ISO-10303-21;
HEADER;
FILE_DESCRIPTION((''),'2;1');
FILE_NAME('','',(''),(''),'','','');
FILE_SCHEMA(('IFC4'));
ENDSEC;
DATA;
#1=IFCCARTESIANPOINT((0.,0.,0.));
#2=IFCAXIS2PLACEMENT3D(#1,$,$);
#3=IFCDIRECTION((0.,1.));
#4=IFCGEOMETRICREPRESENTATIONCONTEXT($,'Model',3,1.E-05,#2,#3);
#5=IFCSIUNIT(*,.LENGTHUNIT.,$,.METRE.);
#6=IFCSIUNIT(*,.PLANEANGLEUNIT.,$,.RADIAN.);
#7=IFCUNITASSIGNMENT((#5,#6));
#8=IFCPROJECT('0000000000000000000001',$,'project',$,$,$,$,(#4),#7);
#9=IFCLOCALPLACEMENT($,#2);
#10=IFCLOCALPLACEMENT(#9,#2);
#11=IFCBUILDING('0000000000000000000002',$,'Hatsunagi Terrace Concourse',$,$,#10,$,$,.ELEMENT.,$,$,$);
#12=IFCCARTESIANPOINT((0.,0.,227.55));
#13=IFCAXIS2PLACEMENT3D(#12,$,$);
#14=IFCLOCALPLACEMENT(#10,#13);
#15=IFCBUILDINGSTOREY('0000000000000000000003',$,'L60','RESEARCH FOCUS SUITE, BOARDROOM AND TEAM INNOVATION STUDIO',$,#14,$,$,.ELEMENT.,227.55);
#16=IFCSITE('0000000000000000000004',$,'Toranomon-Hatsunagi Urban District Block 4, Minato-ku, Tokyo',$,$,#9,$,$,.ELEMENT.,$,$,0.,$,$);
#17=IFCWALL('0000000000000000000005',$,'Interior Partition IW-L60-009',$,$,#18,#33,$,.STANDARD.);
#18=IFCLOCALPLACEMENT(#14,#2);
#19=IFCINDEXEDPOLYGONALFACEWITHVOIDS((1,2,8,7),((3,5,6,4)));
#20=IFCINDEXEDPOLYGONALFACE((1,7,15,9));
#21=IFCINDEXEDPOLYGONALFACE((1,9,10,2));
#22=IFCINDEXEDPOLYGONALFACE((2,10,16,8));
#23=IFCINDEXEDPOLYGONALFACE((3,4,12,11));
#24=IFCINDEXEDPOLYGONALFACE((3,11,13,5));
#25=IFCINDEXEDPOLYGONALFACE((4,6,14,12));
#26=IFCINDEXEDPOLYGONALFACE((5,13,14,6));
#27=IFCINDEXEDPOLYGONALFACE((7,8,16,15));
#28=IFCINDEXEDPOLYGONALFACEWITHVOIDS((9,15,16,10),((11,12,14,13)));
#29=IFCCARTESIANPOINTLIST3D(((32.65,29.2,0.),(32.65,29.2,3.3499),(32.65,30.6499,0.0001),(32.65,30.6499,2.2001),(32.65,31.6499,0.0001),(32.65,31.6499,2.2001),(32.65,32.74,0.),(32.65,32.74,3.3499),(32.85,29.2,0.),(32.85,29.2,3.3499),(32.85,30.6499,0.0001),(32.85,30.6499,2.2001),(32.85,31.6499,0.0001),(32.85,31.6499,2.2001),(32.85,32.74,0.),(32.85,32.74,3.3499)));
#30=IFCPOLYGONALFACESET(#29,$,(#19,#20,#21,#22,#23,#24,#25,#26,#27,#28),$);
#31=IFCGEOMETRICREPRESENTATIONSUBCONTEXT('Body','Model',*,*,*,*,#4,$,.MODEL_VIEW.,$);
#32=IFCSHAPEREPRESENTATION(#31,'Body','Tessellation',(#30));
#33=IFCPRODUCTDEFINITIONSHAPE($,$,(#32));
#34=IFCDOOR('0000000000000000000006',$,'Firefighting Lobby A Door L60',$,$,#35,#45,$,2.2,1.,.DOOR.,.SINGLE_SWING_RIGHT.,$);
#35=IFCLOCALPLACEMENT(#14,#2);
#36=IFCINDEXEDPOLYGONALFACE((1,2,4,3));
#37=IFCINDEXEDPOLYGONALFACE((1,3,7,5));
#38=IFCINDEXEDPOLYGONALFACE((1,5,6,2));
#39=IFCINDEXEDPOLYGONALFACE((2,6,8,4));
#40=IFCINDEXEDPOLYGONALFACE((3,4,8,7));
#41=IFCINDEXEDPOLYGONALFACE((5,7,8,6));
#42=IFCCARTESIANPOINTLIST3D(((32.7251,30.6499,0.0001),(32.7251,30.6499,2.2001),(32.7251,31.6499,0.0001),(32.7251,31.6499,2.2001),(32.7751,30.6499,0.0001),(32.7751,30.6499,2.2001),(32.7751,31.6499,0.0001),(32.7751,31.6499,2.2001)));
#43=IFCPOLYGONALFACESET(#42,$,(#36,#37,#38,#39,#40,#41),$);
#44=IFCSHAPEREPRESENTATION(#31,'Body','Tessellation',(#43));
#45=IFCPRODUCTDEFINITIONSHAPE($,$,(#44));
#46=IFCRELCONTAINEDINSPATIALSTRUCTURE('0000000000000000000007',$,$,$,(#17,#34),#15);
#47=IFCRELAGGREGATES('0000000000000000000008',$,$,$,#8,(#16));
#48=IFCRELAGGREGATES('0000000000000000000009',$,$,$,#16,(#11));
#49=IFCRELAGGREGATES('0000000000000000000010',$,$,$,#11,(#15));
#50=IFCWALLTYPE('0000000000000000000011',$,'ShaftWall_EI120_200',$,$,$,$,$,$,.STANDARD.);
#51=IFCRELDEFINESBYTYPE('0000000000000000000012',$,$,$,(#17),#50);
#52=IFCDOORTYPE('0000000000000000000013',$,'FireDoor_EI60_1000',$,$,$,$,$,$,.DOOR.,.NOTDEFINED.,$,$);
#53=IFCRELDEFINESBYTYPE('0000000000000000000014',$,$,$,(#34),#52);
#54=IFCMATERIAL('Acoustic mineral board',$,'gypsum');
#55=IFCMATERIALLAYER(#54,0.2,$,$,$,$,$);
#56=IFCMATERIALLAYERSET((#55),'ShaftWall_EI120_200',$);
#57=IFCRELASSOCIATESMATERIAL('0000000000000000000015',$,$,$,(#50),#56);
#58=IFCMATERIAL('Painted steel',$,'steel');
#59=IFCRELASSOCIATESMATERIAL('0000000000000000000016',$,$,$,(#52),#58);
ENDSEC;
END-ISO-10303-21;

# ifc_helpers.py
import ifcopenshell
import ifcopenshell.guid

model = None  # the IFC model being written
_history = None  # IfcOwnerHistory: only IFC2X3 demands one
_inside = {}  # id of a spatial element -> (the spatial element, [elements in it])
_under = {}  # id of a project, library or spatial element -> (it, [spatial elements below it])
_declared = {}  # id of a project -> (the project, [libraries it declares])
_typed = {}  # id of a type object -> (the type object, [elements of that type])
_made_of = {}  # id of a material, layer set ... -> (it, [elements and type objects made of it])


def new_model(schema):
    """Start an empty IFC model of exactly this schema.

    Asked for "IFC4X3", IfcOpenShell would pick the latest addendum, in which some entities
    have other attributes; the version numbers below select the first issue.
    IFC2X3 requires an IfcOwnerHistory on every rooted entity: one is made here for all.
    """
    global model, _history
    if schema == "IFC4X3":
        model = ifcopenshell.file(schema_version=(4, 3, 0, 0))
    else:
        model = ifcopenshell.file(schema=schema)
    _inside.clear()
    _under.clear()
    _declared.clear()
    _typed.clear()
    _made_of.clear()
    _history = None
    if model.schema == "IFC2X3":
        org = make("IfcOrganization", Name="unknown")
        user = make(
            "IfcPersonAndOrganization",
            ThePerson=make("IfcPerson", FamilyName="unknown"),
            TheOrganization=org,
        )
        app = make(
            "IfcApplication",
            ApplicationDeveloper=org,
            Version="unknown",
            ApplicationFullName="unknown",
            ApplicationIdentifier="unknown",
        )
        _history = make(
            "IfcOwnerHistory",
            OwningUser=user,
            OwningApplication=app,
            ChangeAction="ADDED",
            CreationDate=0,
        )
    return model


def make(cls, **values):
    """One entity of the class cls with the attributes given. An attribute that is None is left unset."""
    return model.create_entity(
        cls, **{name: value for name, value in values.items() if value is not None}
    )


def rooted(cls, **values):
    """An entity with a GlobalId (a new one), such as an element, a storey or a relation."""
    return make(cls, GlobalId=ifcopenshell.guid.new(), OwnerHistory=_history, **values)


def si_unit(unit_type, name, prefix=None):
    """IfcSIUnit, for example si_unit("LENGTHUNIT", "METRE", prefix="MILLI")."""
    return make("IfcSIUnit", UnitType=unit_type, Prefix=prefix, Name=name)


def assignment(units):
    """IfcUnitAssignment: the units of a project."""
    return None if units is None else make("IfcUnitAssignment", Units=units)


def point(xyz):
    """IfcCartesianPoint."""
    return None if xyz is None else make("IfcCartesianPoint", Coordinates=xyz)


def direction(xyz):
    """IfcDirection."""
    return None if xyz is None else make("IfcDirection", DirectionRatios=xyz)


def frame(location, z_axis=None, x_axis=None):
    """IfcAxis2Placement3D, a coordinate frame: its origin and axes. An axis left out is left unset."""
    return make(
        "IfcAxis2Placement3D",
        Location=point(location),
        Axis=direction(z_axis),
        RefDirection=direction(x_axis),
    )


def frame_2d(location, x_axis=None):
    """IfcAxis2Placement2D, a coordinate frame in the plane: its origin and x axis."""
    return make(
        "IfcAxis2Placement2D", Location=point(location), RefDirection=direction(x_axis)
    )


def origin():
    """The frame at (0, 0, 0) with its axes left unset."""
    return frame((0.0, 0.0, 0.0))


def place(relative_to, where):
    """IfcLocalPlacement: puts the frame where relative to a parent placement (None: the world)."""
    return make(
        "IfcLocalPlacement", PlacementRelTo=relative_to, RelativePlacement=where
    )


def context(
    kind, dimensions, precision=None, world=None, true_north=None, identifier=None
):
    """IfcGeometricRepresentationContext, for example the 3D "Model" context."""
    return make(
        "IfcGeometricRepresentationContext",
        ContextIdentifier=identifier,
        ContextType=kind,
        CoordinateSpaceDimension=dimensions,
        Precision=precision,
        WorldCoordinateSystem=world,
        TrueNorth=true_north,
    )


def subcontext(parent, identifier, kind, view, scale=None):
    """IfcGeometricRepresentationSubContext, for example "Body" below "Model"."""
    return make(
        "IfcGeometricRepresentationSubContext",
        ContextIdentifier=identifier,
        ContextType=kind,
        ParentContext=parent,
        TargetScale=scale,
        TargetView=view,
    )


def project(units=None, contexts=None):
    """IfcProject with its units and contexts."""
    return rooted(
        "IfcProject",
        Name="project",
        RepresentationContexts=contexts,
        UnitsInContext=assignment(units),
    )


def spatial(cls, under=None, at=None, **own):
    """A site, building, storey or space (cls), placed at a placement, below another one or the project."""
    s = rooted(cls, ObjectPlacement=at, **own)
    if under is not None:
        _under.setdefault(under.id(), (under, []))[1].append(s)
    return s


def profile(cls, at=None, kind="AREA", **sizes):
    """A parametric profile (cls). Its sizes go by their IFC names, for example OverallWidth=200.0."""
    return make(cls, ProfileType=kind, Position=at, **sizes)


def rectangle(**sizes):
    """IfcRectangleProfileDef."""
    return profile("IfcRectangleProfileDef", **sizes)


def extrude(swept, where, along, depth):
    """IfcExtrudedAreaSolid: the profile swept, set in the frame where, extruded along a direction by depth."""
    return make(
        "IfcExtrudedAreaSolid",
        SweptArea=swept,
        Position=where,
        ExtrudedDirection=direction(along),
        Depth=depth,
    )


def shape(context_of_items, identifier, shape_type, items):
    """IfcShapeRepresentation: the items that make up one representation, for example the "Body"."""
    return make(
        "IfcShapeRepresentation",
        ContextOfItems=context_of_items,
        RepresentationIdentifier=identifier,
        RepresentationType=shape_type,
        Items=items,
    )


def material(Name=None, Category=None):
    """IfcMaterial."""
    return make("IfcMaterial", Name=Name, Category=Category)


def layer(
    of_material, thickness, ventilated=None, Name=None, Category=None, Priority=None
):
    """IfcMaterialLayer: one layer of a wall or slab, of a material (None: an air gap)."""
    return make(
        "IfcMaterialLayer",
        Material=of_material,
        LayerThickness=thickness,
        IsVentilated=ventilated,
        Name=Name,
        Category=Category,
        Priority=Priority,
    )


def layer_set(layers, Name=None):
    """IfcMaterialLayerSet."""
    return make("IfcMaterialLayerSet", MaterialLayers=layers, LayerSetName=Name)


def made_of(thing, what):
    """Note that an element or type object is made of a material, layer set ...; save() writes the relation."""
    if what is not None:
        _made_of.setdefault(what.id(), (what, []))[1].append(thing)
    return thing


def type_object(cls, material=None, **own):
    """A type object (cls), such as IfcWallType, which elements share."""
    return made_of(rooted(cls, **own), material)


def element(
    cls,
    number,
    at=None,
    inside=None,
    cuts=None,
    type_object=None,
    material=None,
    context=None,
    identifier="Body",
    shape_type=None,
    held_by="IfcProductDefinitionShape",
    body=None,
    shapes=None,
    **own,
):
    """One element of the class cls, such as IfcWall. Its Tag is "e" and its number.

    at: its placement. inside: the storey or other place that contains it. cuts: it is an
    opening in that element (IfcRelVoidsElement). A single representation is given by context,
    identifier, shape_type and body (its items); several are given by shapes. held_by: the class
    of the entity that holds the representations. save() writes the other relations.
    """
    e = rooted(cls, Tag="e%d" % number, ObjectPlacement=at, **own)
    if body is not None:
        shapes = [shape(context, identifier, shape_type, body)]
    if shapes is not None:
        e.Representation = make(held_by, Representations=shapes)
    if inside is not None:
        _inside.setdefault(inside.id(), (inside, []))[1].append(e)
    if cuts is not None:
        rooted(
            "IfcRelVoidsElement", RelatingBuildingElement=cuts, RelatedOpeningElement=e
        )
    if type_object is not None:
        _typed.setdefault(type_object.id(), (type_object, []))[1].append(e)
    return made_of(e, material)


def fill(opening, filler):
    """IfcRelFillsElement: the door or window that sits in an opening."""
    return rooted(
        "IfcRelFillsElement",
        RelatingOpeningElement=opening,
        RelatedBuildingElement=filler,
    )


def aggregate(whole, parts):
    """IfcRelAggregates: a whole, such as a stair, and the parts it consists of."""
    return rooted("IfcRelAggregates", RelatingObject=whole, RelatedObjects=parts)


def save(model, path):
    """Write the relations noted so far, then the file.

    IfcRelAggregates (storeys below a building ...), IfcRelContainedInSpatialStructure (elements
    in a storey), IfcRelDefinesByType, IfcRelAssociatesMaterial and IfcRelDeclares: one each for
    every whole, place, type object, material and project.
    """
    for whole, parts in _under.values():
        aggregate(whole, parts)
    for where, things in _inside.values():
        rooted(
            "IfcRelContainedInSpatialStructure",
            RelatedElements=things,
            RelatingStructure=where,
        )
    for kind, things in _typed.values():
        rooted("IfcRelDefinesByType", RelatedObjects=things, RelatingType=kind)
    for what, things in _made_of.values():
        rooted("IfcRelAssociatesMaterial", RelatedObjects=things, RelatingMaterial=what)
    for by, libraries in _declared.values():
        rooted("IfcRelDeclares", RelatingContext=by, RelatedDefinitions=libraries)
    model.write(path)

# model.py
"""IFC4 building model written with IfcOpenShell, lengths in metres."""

from ifc_helpers import new_model, si_unit, direction, frame, frame_2d, origin, place, context, subcontext, project, spatial, rectangle, extrude, material, layer, layer_set, type_object, element, fill, save


model = new_model("IFC4")

# Units and contexts
model_context = context("Model", 3, precision=1e-05, world=origin(), true_north=direction((0.0, 1.0)))
body_context = subcontext(model_context, "Body", "Model", "MODEL_VIEW")
ifc_project = project(units=[si_unit("LENGTHUNIT", "METRE"), si_unit("PLANEANGLEUNIT", "RADIAN")], contexts=[model_context])

# Site, building, storey
site_placement = place(None, origin())
site = spatial("IfcSite", under=ifc_project, at=site_placement, Name="Toranomon-Hatsunagi Urban District Block 4, Minato-ku, Tokyo", CompositionType="ELEMENT", RefElevation=0.0)
building_placement = place(site_placement, origin())
building = spatial("IfcBuilding", under=site, at=building_placement, Name="Hatsunagi Terrace Concourse", CompositionType="ELEMENT")
storey_placement = place(building_placement, frame((0.0, 0.0, 227.55)))
storey = spatial("IfcBuildingStorey", under=building, at=storey_placement, Name="L60", Description="RESEARCH FOCUS SUITE, BOARDROOM AND TEAM INNOVATION STUDIO", CompositionType="ELEMENT", Elevation=227.55)

# Shared definitions
ifc_material_1 = material(Name="Acoustic mineral board", Category="gypsum")
ifc_layer_1 = layer(ifc_material_1, 0.2)
ifc_layer_set_1 = layer_set([ifc_layer_1], Name="ShaftWall_EI120_200")
wall_type_1 = type_object("IfcWallType", Name="ShaftWall_EI120_200", PredefinedType="STANDARD", material=ifc_layer_set_1)

# Wall, opening, door
wall_1_placement = place(storey_placement, frame((32.75, 29.2, 0.0), z_axis=(0.0, 0.0, 1.0), x_axis=(0.0, 1.0, 0.0)))
wall_1 = element("IfcWall", 1, at=wall_1_placement, inside=storey, type_object=wall_type_1, Name="Interior Partition IW-L60-009", PredefinedType="STANDARD", context=body_context, shape_type="SweptSolid", body=[
    extrude(rectangle(XDim=3.54, YDim=0.2, at=frame_2d((1.77, 0.0))), origin(), (0.0, 0.0, 1.0), 3.3499),
])
opening_1_placement = place(wall_1_placement, frame((1.45, 0.0, 0.0)))
opening_1 = element("IfcOpeningElement", 2, at=opening_1_placement, cuts=wall_1, PredefinedType="OPENING", context=body_context, shape_type="SweptSolid", body=[
    extrude(rectangle(XDim=1.0, YDim=2.2, at=frame_2d((0.5, 1.1001))), frame((0.0, 0.1099, 0.0), z_axis=(0.0, -1.0, 0.0), x_axis=(1.0, 0.0, 0.0)), (0.0, 0.0, 1.0), 0.22),
])
ifc_material_2 = material(Name="Painted steel", Category="steel")
door_type_1 = type_object("IfcDoorType", Name="FireDoor_EI60_1000", OperationType="NOTDEFINED", PredefinedType="DOOR", material=ifc_material_2)
door_1_placement = place(opening_1_placement, origin())
door_1 = element("IfcDoor", 3, at=door_1_placement, inside=storey, type_object=door_type_1, Name="Firefighting Lobby A Door L60", OperationType="SINGLE_SWING_RIGHT", OverallHeight=2.2, OverallWidth=1.0, PredefinedType="DOOR", context=body_context, shape_type="SweptSolid", body=[
    extrude(rectangle(XDim=1.0, YDim=2.2, at=frame_2d((0.5, 1.1001))), frame((0.0, 0.0249, 0.0), z_axis=(0.0, -1.0, 0.0), x_axis=(1.0, 0.0, 0.0)), (0.0, 0.0, 1.0), 0.05),
])
fill(opening_1, door_1)

save(model, "model.ifc")
